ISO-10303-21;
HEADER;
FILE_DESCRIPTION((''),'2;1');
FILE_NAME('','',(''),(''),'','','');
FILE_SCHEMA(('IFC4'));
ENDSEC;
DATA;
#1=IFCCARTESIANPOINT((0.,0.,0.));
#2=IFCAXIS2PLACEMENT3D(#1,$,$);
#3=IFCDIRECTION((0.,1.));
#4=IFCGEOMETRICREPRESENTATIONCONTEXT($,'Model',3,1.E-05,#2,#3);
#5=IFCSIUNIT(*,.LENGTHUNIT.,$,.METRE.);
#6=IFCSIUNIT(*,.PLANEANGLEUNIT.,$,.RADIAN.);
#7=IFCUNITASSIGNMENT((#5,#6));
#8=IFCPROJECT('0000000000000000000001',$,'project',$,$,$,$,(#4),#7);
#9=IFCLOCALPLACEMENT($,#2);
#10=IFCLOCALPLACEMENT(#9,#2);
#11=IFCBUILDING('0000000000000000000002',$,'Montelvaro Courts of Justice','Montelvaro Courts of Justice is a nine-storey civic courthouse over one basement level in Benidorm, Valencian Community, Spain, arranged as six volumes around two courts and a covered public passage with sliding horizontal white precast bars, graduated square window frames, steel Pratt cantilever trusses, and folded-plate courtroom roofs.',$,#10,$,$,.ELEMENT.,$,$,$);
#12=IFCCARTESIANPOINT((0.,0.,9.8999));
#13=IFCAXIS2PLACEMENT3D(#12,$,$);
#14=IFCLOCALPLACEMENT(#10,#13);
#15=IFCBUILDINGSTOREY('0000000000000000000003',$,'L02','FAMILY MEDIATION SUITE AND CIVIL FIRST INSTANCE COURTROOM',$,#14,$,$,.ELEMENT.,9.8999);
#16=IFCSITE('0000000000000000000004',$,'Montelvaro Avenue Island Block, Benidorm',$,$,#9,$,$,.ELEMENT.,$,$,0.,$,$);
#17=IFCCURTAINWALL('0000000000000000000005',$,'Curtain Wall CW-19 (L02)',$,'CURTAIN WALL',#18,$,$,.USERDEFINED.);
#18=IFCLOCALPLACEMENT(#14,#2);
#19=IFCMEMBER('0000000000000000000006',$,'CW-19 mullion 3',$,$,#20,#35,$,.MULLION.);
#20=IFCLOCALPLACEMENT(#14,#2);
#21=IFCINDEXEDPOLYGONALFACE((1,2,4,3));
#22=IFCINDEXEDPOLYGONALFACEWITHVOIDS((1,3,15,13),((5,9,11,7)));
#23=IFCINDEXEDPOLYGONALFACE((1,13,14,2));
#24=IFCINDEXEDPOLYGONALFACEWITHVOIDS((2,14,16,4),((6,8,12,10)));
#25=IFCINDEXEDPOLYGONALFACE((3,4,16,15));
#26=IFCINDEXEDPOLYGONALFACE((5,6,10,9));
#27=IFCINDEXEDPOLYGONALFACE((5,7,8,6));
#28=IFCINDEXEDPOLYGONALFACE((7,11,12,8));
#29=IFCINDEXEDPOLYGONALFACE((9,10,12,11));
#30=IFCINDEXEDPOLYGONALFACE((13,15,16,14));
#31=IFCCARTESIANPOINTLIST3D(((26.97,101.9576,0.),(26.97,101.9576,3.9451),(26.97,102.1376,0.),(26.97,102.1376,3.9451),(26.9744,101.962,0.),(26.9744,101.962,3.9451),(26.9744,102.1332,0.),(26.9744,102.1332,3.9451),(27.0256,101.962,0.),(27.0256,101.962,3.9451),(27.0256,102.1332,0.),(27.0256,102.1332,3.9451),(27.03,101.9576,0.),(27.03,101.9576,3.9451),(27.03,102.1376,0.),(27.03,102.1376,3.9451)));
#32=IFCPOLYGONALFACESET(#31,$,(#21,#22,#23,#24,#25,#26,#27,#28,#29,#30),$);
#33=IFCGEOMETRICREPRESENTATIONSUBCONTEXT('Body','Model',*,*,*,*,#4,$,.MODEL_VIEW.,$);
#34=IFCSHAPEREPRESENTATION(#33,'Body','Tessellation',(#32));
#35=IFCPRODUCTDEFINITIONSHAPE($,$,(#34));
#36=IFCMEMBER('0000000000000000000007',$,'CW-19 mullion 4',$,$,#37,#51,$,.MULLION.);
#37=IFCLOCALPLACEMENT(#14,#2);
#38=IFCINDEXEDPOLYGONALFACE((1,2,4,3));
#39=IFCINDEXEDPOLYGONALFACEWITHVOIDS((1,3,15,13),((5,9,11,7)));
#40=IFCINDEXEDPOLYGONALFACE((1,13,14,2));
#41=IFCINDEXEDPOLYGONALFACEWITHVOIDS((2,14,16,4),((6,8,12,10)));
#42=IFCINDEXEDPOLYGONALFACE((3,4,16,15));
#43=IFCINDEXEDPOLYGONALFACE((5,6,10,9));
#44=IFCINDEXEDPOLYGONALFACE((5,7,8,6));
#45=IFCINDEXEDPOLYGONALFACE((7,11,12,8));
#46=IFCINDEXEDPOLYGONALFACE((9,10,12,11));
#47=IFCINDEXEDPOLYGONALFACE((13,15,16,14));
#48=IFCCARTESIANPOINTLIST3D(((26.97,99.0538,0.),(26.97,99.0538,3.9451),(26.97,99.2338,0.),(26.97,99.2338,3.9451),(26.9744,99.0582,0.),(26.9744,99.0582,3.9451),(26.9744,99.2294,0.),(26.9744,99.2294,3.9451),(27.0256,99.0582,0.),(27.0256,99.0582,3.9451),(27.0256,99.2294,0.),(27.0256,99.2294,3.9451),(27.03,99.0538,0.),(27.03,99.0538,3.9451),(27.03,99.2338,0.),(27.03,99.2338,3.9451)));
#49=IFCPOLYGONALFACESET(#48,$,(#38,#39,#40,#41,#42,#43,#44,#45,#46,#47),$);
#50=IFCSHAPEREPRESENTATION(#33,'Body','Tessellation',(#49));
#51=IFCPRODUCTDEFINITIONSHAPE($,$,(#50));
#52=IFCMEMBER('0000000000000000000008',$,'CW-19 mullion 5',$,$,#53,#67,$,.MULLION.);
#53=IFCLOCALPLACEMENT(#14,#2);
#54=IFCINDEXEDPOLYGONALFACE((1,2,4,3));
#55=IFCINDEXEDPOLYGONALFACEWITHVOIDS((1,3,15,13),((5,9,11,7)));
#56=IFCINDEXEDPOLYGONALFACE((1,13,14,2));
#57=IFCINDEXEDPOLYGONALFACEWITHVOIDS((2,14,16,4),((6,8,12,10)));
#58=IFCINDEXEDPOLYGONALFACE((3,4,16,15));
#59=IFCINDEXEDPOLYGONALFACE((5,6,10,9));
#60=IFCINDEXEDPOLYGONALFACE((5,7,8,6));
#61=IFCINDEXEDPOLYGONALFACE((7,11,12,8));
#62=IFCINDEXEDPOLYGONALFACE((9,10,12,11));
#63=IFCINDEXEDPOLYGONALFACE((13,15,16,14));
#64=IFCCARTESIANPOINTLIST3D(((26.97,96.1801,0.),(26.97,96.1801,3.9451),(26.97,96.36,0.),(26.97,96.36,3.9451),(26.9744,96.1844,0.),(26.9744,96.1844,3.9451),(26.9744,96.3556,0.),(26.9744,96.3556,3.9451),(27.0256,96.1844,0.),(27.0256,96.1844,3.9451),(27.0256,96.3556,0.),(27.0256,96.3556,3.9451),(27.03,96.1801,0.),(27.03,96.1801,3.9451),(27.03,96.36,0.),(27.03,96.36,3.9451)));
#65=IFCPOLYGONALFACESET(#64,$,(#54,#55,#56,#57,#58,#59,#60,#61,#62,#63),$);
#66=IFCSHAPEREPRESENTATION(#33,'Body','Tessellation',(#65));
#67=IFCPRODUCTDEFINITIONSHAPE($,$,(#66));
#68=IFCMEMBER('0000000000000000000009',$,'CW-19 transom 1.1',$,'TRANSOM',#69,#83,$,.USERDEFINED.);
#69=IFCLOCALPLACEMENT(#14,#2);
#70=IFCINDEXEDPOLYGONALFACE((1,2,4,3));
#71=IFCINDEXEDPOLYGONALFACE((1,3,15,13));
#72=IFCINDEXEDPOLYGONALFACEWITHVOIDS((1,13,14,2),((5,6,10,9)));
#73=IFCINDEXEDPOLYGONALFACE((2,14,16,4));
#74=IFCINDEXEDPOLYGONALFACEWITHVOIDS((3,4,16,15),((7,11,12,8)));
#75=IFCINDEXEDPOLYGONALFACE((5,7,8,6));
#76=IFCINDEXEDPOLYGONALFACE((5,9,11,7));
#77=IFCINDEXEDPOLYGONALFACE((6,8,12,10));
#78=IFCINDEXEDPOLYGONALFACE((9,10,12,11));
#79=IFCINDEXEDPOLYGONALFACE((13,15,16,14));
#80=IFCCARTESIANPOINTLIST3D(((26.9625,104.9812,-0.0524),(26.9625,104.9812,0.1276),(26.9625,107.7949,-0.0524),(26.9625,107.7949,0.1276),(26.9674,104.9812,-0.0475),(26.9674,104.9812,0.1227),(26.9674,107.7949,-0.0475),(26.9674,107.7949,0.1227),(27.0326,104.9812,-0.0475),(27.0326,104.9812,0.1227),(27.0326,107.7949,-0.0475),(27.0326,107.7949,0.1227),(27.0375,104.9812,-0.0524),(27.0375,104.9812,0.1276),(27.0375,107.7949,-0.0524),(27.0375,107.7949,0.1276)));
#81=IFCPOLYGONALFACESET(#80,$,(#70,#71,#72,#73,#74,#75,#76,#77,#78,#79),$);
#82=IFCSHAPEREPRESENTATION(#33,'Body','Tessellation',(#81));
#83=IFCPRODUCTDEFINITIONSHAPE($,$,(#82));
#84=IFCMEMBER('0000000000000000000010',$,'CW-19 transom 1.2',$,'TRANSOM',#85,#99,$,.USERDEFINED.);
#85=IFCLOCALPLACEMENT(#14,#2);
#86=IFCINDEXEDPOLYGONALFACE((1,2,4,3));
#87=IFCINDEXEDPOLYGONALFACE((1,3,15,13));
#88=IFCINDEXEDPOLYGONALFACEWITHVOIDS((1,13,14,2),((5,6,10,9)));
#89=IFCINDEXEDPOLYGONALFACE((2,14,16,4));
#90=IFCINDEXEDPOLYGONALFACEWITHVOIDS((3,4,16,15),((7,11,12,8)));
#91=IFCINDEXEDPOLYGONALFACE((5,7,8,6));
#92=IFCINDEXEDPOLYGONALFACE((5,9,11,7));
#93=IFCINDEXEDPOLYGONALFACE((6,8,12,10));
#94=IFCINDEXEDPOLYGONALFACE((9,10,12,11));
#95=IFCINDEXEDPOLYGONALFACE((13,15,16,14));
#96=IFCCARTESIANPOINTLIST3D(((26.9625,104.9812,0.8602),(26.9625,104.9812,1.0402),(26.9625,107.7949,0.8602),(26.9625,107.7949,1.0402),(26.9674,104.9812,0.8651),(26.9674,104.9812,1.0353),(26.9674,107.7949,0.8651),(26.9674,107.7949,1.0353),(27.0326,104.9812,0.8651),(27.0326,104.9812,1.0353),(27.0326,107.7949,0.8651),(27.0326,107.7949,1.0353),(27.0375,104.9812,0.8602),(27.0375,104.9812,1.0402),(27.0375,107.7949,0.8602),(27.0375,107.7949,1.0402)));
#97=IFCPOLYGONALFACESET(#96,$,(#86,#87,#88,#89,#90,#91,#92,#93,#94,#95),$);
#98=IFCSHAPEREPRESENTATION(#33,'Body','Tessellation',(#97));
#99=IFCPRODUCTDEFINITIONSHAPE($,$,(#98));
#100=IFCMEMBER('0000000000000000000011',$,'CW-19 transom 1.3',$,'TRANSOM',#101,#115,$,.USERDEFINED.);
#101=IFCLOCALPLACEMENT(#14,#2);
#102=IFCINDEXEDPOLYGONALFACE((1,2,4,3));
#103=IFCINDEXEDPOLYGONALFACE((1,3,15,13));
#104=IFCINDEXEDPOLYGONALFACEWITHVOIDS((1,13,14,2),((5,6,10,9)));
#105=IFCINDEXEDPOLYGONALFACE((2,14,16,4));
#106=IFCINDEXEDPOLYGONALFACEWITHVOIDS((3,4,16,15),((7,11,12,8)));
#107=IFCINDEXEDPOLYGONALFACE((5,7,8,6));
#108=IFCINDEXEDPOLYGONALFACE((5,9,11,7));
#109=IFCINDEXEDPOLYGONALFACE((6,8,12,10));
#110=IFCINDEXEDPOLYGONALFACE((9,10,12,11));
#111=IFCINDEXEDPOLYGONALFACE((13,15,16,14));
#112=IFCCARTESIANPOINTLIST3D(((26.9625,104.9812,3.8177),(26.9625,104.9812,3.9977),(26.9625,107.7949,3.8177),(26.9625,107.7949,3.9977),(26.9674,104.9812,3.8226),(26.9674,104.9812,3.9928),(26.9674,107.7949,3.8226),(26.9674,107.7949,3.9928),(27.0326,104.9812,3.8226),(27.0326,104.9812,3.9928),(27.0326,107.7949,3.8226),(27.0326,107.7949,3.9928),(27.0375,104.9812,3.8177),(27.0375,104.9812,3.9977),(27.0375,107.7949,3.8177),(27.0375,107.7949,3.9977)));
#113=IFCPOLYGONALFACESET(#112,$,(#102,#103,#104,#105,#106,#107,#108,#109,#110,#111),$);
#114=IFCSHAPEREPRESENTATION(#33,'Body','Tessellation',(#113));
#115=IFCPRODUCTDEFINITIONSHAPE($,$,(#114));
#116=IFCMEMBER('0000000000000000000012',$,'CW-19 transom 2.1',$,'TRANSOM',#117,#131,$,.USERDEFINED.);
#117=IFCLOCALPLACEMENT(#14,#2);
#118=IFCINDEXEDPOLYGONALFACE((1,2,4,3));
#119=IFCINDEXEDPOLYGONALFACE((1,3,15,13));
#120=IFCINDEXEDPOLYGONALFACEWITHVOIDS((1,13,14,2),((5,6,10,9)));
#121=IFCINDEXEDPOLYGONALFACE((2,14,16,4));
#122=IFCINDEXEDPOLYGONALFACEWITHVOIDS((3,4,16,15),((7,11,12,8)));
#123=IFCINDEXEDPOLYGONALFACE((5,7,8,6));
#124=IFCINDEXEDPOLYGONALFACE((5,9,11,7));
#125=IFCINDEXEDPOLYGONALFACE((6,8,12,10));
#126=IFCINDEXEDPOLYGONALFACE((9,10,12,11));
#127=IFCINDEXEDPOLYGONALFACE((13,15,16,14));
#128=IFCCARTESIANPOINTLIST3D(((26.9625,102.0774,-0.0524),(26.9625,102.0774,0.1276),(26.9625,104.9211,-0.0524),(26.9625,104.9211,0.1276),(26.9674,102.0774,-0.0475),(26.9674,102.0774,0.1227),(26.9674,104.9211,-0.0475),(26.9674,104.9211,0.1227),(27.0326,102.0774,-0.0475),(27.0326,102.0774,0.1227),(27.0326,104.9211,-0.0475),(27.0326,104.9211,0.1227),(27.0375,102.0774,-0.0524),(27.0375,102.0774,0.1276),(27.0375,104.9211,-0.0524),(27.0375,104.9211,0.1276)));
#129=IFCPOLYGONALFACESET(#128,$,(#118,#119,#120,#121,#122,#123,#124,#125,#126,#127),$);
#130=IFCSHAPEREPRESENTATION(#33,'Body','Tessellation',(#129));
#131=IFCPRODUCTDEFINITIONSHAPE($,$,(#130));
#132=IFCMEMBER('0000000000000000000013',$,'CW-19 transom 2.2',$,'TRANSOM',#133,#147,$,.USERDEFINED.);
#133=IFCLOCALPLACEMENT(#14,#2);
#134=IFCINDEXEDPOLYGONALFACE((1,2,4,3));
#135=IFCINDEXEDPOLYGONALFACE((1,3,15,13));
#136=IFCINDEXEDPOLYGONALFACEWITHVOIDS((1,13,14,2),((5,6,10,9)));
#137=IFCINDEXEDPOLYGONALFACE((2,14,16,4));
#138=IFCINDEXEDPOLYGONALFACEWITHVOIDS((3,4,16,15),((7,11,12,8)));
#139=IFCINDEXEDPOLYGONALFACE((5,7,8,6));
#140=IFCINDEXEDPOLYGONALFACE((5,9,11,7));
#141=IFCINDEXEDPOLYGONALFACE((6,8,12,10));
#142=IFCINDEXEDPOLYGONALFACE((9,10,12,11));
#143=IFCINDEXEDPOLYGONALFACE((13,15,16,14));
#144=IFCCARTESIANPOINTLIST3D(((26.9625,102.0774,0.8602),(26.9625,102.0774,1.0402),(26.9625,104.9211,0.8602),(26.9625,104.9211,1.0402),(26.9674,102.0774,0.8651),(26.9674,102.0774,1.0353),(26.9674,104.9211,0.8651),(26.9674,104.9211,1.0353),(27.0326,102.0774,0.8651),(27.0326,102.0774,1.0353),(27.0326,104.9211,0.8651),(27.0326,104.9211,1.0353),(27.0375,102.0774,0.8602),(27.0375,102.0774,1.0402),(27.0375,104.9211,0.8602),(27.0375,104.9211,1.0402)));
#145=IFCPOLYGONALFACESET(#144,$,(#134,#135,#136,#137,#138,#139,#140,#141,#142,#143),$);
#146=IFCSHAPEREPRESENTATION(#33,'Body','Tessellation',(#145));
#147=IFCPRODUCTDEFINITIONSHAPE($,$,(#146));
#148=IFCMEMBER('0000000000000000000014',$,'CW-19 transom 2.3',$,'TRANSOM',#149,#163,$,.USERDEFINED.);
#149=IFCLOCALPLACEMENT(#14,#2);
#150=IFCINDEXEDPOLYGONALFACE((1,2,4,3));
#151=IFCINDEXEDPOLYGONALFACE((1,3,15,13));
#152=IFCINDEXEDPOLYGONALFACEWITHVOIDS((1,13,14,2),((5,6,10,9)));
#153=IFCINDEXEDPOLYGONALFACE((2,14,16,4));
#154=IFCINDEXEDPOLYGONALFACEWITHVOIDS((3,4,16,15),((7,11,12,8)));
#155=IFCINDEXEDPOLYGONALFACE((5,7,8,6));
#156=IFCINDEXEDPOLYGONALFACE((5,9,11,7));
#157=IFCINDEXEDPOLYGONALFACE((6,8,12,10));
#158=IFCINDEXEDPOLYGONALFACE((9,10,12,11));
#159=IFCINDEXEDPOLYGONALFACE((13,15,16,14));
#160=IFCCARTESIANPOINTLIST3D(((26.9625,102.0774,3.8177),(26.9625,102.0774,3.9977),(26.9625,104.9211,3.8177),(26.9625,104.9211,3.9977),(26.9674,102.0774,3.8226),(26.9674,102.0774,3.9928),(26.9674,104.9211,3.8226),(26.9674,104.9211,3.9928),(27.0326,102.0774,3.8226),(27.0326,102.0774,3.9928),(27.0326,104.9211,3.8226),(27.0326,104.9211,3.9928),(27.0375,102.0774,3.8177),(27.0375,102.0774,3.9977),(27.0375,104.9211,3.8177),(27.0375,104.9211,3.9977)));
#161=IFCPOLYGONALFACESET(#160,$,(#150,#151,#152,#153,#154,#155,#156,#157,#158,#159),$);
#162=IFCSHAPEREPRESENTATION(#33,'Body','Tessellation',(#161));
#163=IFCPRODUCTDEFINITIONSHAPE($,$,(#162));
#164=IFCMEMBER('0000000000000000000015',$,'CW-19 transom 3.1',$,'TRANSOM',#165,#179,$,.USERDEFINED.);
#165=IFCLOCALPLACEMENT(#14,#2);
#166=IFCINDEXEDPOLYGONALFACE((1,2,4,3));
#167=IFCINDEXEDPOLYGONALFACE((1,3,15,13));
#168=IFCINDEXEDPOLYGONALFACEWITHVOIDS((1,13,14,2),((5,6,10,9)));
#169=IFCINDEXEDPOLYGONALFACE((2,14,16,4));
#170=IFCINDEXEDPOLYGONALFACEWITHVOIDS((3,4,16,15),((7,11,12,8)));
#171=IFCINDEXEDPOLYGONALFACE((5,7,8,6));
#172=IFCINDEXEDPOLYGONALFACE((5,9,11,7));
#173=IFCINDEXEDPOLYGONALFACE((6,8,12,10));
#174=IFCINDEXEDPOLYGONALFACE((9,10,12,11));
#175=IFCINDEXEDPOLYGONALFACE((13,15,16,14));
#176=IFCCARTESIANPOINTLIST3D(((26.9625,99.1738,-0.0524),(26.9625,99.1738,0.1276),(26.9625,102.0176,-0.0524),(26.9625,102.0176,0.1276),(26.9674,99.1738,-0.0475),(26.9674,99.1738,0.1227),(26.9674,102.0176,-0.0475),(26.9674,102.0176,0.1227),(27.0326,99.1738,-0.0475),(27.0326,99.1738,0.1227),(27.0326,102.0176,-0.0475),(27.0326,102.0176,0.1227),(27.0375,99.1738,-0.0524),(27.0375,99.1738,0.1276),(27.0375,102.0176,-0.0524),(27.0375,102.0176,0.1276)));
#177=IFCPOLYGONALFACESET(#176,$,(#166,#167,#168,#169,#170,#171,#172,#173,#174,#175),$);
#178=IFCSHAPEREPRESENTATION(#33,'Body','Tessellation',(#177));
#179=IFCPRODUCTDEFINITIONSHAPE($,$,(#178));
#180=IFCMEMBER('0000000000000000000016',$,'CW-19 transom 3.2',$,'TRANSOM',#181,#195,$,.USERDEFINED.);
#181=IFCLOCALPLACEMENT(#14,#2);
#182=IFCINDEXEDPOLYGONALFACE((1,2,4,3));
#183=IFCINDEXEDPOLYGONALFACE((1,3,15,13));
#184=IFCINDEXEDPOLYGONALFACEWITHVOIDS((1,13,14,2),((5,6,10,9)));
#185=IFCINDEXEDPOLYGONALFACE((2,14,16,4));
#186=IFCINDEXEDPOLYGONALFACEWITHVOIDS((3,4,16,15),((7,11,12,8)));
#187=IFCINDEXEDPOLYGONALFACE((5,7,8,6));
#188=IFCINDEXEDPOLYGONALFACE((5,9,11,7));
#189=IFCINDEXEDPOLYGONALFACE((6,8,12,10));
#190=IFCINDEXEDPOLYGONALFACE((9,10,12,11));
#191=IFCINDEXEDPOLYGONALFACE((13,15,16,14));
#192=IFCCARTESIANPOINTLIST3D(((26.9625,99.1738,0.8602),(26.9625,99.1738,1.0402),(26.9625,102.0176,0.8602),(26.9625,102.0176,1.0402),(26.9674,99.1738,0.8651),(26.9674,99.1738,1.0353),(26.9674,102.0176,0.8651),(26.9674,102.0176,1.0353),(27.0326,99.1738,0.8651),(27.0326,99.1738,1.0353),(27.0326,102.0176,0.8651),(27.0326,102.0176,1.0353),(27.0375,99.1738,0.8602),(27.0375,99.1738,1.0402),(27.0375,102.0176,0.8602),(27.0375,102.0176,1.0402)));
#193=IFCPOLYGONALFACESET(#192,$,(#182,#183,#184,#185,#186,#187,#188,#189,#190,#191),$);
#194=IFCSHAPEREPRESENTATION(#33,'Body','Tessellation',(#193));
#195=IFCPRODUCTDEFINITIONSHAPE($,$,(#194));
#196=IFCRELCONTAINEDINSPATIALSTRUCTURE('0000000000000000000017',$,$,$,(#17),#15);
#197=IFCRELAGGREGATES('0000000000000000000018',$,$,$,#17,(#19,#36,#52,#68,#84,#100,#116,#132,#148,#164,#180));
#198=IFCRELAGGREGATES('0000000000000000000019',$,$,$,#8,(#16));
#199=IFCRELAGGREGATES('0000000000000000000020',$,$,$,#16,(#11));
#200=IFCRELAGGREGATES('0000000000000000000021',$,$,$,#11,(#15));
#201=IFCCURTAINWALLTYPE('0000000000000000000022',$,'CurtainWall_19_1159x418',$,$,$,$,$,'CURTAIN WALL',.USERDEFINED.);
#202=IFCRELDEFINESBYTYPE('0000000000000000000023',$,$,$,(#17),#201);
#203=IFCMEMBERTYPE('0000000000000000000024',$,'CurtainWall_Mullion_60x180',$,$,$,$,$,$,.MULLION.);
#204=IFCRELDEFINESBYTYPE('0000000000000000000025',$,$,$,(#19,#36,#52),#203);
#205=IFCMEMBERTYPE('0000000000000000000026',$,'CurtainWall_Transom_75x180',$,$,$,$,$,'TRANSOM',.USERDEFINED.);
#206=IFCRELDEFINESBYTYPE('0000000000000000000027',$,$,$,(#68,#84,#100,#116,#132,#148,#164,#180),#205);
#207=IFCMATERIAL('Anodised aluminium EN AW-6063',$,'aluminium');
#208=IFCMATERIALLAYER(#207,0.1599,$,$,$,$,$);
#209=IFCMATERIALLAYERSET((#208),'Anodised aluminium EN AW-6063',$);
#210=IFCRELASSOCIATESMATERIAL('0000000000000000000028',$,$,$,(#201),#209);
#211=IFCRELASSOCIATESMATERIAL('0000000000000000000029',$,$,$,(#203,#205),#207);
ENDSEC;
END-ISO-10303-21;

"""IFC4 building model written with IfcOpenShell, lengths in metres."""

from ifc_helpers import new_model, si_unit, direction, frame, origin, origin_2d, place, context, subcontext, project, spatial, hollow_rectangle, extrude, material, layer, layer_set, material_profile, profile_set, type_object, element, aggregate, save


model = new_model("IFC4")

# Units and contexts
model_context = context("Model", 3, precision=1e-05, world=origin(), true_north=direction((0.0, 1.0)))
body_context = subcontext(model_context, "Body", "Model", "MODEL_VIEW")
ifc_project = project(units=[si_unit("LENGTHUNIT", "METRE"), si_unit("PLANEANGLEUNIT", "RADIAN")], contexts=[model_context])

# Site, building, storey
site_placement = place(None, origin())
site = spatial("IfcSite", under=ifc_project, at=site_placement, Name="Montelvaro Avenue Island Block, Benidorm", CompositionType="ELEMENT", RefElevation=0.0)
building_placement = place(site_placement, origin())
building = spatial("IfcBuilding", under=site, at=building_placement, Name="Montelvaro Courts of Justice", Description="Montelvaro Courts of Justice is a nine-storey civic courthouse over one basement level in Benidorm, Valencian Community, Spain, arranged as six volumes around two courts and a covered public passage with sliding horizontal white precast bars, graduated square window frames, steel Pratt cantilever trusses, and folded-plate courtroom roofs.", CompositionType="ELEMENT")
storey_placement = place(building_placement, frame((0.0, 0.0, 9.8999)))
storey = spatial("IfcBuildingStorey", under=building, at=storey_placement, Name="L02", Description="FAMILY MEDIATION SUITE AND CIVIL FIRST INSTANCE COURTROOM", CompositionType="ELEMENT", Elevation=9.8999)

# Shared definitions
ifc_material_1 = material(Name="Anodised aluminium EN AW-6063", Category="aluminium")

# Curtain wall, members
ifc_layer_1 = layer(ifc_material_1, 0.1599)
ifc_layer_set_1 = layer_set([ifc_layer_1], Name="Anodised aluminium EN AW-6063")
curtain_wall_type_1 = type_object("IfcCurtainWallType", Name="CurtainWall_19_1159x418", ElementType="CURTAIN WALL", PredefinedType="USERDEFINED", material=ifc_layer_set_1)
curtain_wall_1_placement = place(storey_placement, origin())
curtain_wall_1 = element("IfcCurtainWall", 1, at=curtain_wall_1_placement, inside=storey, type_object=curtain_wall_type_1, Name="Curtain Wall CW-19 (L02)", ObjectType="CURTAIN WALL", PredefinedType="USERDEFINED")
ifc_material_profile_1 = material_profile(ifc_material_1, hollow_rectangle(XDim=0.0601, YDim=0.1799, WallThickness=0.0044, at=origin_2d()), Name="ALU-M 60x180")
ifc_profile_set_1 = profile_set([ifc_material_profile_1], Name="Anodised aluminium EN AW-6063")
member_type_1 = type_object("IfcMemberType", Name="CurtainWall_Mullion_60x180", PredefinedType="MULLION", material=ifc_profile_set_1)
member_1_placement = place(storey_placement, frame((27.0, 102.0476, 0.0), z_axis=(0.0, 0.0, 1.0), x_axis=(1.0, 0.0, 0.0)))
member_1 = element("IfcMember", 2, at=member_1_placement, type_object=member_type_1, Name="CW-19 mullion 3", PredefinedType="MULLION", context=body_context, shape_type="SweptSolid", body=[
    extrude(hollow_rectangle(XDim=0.0601, YDim=0.1799, WallThickness=0.0044, at=origin_2d()), origin(), (0.0, 0.0, 1.0), 3.9451),
])
member_2_placement = place(storey_placement, frame((27.0, 99.1438, 0.0), z_axis=(0.0, 0.0, 1.0), x_axis=(1.0, 0.0, 0.0)))
member_2 = element("IfcMember", 3, at=member_2_placement, type_object=member_type_1, Name="CW-19 mullion 4", PredefinedType="MULLION", context=body_context, shape_type="SweptSolid", body=[
    extrude(hollow_rectangle(XDim=0.0601, YDim=0.1799, WallThickness=0.0044, at=origin_2d()), origin(), (0.0, 0.0, 1.0), 3.9451),
])
member_3_placement = place(storey_placement, frame((27.0, 96.27, 0.0), z_axis=(0.0, 0.0, 1.0), x_axis=(1.0, 0.0, 0.0)))
member_3 = element("IfcMember", 4, at=member_3_placement, type_object=member_type_1, Name="CW-19 mullion 5", PredefinedType="MULLION", context=body_context, shape_type="SweptSolid", body=[
    extrude(hollow_rectangle(XDim=0.0601, YDim=0.1799, WallThickness=0.0044, at=origin_2d()), origin(), (0.0, 0.0, 1.0), 3.9451),
])
ifc_material_profile_2 = material_profile(ifc_material_1, hollow_rectangle(XDim=0.075, YDim=0.1799, WallThickness=0.0049, at=origin_2d()), Name="ALU-T 75x180")
ifc_profile_set_2 = profile_set([ifc_material_profile_2], Name="Anodised aluminium EN AW-6063")
member_type_2 = type_object("IfcMemberType", Name="CurtainWall_Transom_75x180", ElementType="TRANSOM", PredefinedType="USERDEFINED", material=ifc_profile_set_2)
member_4_placement = place(storey_placement, frame((27.0, 107.7949, 0.0376), z_axis=(0.0, -1.0, 0.0), x_axis=(1.0, 0.0, 0.0)))
member_4 = element("IfcMember", 5, at=member_4_placement, type_object=member_type_2, Name="CW-19 transom 1.1", ObjectType="TRANSOM", PredefinedType="USERDEFINED", context=body_context, shape_type="SweptSolid", body=[
    extrude(hollow_rectangle(XDim=0.075, YDim=0.1799, WallThickness=0.0049, at=origin_2d()), origin(), (0.0, 0.0, 1.0), 2.8137),
])
member_5_placement = place(storey_placement, frame((27.0, 107.7949, 0.9502), z_axis=(0.0, -1.0, 0.0), x_axis=(1.0, 0.0, 0.0)))
member_5 = element("IfcMember", 6, at=member_5_placement, type_object=member_type_2, Name="CW-19 transom 1.2", ObjectType="TRANSOM", PredefinedType="USERDEFINED", context=body_context, shape_type="SweptSolid", body=[
    extrude(hollow_rectangle(XDim=0.075, YDim=0.1799, WallThickness=0.0049, at=origin_2d()), origin(), (0.0, 0.0, 1.0), 2.8137),
])
member_6_placement = place(storey_placement, frame((27.0, 107.7949, 3.9077), z_axis=(0.0, -1.0, 0.0), x_axis=(1.0, 0.0, 0.0)))
member_6 = element("IfcMember", 7, at=member_6_placement, type_object=member_type_2, Name="CW-19 transom 1.3", ObjectType="TRANSOM", PredefinedType="USERDEFINED", context=body_context, shape_type="SweptSolid", body=[
    extrude(hollow_rectangle(XDim=0.075, YDim=0.1799, WallThickness=0.0049, at=origin_2d()), origin(), (0.0, 0.0, 1.0), 2.8137),
])
member_7_placement = place(storey_placement, frame((27.0, 104.9211, 0.0376), z_axis=(0.0, -1.0, 0.0), x_axis=(1.0, 0.0, 0.0)))
member_7 = element("IfcMember", 8, at=member_7_placement, type_object=member_type_2, Name="CW-19 transom 2.1", ObjectType="TRANSOM", PredefinedType="USERDEFINED", context=body_context, shape_type="SweptSolid", body=[
    extrude(hollow_rectangle(XDim=0.075, YDim=0.1799, WallThickness=0.0049, at=origin_2d()), origin(), (0.0, 0.0, 1.0), 2.8438),
])
member_8_placement = place(storey_placement, frame((27.0, 104.9211, 0.9502), z_axis=(0.0, -1.0, 0.0), x_axis=(1.0, 0.0, 0.0)))
member_8 = element("IfcMember", 9, at=member_8_placement, type_object=member_type_2, Name="CW-19 transom 2.2", ObjectType="TRANSOM", PredefinedType="USERDEFINED", context=body_context, shape_type="SweptSolid", body=[
    extrude(hollow_rectangle(XDim=0.075, YDim=0.1799, WallThickness=0.0049, at=origin_2d()), origin(), (0.0, 0.0, 1.0), 2.8438),
])
member_9_placement = place(storey_placement, frame((27.0, 104.9211, 3.9077), z_axis=(0.0, -1.0, 0.0), x_axis=(1.0, 0.0, 0.0)))
member_9 = element("IfcMember", 10, at=member_9_placement, type_object=member_type_2, Name="CW-19 transom 2.3", ObjectType="TRANSOM", PredefinedType="USERDEFINED", context=body_context, shape_type="SweptSolid", body=[
    extrude(hollow_rectangle(XDim=0.075, YDim=0.1799, WallThickness=0.0049, at=origin_2d()), origin(), (0.0, 0.0, 1.0), 2.8438),
])
member_10_placement = place(storey_placement, frame((27.0, 102.0176, 0.0376), z_axis=(0.0, -1.0, 0.0), x_axis=(1.0, 0.0, 0.0)))
member_10 = element("IfcMember", 11, at=member_10_placement, type_object=member_type_2, Name="CW-19 transom 3.1", ObjectType="TRANSOM", PredefinedType="USERDEFINED", context=body_context, shape_type="SweptSolid", body=[
    extrude(hollow_rectangle(XDim=0.075, YDim=0.1799, WallThickness=0.0049, at=origin_2d()), origin(), (0.0, 0.0, 1.0), 2.8438),
])
member_11_placement = place(storey_placement, frame((27.0, 102.0176, 0.9502), z_axis=(0.0, -1.0, 0.0), x_axis=(1.0, 0.0, 0.0)))
member_11 = element("IfcMember", 12, at=member_11_placement, type_object=member_type_2, Name="CW-19 transom 3.2", ObjectType="TRANSOM", PredefinedType="USERDEFINED", context=body_context, shape_type="SweptSolid", body=[
    extrude(hollow_rectangle(XDim=0.075, YDim=0.1799, WallThickness=0.0049, at=origin_2d()), origin(), (0.0, 0.0, 1.0), 2.8438),
])
aggregate(curtain_wall_1, [member_1, member_2, member_3, member_4, member_5, member_6, member_7, member_8, member_9, member_10, member_11])

save(model, "model.ifc")
